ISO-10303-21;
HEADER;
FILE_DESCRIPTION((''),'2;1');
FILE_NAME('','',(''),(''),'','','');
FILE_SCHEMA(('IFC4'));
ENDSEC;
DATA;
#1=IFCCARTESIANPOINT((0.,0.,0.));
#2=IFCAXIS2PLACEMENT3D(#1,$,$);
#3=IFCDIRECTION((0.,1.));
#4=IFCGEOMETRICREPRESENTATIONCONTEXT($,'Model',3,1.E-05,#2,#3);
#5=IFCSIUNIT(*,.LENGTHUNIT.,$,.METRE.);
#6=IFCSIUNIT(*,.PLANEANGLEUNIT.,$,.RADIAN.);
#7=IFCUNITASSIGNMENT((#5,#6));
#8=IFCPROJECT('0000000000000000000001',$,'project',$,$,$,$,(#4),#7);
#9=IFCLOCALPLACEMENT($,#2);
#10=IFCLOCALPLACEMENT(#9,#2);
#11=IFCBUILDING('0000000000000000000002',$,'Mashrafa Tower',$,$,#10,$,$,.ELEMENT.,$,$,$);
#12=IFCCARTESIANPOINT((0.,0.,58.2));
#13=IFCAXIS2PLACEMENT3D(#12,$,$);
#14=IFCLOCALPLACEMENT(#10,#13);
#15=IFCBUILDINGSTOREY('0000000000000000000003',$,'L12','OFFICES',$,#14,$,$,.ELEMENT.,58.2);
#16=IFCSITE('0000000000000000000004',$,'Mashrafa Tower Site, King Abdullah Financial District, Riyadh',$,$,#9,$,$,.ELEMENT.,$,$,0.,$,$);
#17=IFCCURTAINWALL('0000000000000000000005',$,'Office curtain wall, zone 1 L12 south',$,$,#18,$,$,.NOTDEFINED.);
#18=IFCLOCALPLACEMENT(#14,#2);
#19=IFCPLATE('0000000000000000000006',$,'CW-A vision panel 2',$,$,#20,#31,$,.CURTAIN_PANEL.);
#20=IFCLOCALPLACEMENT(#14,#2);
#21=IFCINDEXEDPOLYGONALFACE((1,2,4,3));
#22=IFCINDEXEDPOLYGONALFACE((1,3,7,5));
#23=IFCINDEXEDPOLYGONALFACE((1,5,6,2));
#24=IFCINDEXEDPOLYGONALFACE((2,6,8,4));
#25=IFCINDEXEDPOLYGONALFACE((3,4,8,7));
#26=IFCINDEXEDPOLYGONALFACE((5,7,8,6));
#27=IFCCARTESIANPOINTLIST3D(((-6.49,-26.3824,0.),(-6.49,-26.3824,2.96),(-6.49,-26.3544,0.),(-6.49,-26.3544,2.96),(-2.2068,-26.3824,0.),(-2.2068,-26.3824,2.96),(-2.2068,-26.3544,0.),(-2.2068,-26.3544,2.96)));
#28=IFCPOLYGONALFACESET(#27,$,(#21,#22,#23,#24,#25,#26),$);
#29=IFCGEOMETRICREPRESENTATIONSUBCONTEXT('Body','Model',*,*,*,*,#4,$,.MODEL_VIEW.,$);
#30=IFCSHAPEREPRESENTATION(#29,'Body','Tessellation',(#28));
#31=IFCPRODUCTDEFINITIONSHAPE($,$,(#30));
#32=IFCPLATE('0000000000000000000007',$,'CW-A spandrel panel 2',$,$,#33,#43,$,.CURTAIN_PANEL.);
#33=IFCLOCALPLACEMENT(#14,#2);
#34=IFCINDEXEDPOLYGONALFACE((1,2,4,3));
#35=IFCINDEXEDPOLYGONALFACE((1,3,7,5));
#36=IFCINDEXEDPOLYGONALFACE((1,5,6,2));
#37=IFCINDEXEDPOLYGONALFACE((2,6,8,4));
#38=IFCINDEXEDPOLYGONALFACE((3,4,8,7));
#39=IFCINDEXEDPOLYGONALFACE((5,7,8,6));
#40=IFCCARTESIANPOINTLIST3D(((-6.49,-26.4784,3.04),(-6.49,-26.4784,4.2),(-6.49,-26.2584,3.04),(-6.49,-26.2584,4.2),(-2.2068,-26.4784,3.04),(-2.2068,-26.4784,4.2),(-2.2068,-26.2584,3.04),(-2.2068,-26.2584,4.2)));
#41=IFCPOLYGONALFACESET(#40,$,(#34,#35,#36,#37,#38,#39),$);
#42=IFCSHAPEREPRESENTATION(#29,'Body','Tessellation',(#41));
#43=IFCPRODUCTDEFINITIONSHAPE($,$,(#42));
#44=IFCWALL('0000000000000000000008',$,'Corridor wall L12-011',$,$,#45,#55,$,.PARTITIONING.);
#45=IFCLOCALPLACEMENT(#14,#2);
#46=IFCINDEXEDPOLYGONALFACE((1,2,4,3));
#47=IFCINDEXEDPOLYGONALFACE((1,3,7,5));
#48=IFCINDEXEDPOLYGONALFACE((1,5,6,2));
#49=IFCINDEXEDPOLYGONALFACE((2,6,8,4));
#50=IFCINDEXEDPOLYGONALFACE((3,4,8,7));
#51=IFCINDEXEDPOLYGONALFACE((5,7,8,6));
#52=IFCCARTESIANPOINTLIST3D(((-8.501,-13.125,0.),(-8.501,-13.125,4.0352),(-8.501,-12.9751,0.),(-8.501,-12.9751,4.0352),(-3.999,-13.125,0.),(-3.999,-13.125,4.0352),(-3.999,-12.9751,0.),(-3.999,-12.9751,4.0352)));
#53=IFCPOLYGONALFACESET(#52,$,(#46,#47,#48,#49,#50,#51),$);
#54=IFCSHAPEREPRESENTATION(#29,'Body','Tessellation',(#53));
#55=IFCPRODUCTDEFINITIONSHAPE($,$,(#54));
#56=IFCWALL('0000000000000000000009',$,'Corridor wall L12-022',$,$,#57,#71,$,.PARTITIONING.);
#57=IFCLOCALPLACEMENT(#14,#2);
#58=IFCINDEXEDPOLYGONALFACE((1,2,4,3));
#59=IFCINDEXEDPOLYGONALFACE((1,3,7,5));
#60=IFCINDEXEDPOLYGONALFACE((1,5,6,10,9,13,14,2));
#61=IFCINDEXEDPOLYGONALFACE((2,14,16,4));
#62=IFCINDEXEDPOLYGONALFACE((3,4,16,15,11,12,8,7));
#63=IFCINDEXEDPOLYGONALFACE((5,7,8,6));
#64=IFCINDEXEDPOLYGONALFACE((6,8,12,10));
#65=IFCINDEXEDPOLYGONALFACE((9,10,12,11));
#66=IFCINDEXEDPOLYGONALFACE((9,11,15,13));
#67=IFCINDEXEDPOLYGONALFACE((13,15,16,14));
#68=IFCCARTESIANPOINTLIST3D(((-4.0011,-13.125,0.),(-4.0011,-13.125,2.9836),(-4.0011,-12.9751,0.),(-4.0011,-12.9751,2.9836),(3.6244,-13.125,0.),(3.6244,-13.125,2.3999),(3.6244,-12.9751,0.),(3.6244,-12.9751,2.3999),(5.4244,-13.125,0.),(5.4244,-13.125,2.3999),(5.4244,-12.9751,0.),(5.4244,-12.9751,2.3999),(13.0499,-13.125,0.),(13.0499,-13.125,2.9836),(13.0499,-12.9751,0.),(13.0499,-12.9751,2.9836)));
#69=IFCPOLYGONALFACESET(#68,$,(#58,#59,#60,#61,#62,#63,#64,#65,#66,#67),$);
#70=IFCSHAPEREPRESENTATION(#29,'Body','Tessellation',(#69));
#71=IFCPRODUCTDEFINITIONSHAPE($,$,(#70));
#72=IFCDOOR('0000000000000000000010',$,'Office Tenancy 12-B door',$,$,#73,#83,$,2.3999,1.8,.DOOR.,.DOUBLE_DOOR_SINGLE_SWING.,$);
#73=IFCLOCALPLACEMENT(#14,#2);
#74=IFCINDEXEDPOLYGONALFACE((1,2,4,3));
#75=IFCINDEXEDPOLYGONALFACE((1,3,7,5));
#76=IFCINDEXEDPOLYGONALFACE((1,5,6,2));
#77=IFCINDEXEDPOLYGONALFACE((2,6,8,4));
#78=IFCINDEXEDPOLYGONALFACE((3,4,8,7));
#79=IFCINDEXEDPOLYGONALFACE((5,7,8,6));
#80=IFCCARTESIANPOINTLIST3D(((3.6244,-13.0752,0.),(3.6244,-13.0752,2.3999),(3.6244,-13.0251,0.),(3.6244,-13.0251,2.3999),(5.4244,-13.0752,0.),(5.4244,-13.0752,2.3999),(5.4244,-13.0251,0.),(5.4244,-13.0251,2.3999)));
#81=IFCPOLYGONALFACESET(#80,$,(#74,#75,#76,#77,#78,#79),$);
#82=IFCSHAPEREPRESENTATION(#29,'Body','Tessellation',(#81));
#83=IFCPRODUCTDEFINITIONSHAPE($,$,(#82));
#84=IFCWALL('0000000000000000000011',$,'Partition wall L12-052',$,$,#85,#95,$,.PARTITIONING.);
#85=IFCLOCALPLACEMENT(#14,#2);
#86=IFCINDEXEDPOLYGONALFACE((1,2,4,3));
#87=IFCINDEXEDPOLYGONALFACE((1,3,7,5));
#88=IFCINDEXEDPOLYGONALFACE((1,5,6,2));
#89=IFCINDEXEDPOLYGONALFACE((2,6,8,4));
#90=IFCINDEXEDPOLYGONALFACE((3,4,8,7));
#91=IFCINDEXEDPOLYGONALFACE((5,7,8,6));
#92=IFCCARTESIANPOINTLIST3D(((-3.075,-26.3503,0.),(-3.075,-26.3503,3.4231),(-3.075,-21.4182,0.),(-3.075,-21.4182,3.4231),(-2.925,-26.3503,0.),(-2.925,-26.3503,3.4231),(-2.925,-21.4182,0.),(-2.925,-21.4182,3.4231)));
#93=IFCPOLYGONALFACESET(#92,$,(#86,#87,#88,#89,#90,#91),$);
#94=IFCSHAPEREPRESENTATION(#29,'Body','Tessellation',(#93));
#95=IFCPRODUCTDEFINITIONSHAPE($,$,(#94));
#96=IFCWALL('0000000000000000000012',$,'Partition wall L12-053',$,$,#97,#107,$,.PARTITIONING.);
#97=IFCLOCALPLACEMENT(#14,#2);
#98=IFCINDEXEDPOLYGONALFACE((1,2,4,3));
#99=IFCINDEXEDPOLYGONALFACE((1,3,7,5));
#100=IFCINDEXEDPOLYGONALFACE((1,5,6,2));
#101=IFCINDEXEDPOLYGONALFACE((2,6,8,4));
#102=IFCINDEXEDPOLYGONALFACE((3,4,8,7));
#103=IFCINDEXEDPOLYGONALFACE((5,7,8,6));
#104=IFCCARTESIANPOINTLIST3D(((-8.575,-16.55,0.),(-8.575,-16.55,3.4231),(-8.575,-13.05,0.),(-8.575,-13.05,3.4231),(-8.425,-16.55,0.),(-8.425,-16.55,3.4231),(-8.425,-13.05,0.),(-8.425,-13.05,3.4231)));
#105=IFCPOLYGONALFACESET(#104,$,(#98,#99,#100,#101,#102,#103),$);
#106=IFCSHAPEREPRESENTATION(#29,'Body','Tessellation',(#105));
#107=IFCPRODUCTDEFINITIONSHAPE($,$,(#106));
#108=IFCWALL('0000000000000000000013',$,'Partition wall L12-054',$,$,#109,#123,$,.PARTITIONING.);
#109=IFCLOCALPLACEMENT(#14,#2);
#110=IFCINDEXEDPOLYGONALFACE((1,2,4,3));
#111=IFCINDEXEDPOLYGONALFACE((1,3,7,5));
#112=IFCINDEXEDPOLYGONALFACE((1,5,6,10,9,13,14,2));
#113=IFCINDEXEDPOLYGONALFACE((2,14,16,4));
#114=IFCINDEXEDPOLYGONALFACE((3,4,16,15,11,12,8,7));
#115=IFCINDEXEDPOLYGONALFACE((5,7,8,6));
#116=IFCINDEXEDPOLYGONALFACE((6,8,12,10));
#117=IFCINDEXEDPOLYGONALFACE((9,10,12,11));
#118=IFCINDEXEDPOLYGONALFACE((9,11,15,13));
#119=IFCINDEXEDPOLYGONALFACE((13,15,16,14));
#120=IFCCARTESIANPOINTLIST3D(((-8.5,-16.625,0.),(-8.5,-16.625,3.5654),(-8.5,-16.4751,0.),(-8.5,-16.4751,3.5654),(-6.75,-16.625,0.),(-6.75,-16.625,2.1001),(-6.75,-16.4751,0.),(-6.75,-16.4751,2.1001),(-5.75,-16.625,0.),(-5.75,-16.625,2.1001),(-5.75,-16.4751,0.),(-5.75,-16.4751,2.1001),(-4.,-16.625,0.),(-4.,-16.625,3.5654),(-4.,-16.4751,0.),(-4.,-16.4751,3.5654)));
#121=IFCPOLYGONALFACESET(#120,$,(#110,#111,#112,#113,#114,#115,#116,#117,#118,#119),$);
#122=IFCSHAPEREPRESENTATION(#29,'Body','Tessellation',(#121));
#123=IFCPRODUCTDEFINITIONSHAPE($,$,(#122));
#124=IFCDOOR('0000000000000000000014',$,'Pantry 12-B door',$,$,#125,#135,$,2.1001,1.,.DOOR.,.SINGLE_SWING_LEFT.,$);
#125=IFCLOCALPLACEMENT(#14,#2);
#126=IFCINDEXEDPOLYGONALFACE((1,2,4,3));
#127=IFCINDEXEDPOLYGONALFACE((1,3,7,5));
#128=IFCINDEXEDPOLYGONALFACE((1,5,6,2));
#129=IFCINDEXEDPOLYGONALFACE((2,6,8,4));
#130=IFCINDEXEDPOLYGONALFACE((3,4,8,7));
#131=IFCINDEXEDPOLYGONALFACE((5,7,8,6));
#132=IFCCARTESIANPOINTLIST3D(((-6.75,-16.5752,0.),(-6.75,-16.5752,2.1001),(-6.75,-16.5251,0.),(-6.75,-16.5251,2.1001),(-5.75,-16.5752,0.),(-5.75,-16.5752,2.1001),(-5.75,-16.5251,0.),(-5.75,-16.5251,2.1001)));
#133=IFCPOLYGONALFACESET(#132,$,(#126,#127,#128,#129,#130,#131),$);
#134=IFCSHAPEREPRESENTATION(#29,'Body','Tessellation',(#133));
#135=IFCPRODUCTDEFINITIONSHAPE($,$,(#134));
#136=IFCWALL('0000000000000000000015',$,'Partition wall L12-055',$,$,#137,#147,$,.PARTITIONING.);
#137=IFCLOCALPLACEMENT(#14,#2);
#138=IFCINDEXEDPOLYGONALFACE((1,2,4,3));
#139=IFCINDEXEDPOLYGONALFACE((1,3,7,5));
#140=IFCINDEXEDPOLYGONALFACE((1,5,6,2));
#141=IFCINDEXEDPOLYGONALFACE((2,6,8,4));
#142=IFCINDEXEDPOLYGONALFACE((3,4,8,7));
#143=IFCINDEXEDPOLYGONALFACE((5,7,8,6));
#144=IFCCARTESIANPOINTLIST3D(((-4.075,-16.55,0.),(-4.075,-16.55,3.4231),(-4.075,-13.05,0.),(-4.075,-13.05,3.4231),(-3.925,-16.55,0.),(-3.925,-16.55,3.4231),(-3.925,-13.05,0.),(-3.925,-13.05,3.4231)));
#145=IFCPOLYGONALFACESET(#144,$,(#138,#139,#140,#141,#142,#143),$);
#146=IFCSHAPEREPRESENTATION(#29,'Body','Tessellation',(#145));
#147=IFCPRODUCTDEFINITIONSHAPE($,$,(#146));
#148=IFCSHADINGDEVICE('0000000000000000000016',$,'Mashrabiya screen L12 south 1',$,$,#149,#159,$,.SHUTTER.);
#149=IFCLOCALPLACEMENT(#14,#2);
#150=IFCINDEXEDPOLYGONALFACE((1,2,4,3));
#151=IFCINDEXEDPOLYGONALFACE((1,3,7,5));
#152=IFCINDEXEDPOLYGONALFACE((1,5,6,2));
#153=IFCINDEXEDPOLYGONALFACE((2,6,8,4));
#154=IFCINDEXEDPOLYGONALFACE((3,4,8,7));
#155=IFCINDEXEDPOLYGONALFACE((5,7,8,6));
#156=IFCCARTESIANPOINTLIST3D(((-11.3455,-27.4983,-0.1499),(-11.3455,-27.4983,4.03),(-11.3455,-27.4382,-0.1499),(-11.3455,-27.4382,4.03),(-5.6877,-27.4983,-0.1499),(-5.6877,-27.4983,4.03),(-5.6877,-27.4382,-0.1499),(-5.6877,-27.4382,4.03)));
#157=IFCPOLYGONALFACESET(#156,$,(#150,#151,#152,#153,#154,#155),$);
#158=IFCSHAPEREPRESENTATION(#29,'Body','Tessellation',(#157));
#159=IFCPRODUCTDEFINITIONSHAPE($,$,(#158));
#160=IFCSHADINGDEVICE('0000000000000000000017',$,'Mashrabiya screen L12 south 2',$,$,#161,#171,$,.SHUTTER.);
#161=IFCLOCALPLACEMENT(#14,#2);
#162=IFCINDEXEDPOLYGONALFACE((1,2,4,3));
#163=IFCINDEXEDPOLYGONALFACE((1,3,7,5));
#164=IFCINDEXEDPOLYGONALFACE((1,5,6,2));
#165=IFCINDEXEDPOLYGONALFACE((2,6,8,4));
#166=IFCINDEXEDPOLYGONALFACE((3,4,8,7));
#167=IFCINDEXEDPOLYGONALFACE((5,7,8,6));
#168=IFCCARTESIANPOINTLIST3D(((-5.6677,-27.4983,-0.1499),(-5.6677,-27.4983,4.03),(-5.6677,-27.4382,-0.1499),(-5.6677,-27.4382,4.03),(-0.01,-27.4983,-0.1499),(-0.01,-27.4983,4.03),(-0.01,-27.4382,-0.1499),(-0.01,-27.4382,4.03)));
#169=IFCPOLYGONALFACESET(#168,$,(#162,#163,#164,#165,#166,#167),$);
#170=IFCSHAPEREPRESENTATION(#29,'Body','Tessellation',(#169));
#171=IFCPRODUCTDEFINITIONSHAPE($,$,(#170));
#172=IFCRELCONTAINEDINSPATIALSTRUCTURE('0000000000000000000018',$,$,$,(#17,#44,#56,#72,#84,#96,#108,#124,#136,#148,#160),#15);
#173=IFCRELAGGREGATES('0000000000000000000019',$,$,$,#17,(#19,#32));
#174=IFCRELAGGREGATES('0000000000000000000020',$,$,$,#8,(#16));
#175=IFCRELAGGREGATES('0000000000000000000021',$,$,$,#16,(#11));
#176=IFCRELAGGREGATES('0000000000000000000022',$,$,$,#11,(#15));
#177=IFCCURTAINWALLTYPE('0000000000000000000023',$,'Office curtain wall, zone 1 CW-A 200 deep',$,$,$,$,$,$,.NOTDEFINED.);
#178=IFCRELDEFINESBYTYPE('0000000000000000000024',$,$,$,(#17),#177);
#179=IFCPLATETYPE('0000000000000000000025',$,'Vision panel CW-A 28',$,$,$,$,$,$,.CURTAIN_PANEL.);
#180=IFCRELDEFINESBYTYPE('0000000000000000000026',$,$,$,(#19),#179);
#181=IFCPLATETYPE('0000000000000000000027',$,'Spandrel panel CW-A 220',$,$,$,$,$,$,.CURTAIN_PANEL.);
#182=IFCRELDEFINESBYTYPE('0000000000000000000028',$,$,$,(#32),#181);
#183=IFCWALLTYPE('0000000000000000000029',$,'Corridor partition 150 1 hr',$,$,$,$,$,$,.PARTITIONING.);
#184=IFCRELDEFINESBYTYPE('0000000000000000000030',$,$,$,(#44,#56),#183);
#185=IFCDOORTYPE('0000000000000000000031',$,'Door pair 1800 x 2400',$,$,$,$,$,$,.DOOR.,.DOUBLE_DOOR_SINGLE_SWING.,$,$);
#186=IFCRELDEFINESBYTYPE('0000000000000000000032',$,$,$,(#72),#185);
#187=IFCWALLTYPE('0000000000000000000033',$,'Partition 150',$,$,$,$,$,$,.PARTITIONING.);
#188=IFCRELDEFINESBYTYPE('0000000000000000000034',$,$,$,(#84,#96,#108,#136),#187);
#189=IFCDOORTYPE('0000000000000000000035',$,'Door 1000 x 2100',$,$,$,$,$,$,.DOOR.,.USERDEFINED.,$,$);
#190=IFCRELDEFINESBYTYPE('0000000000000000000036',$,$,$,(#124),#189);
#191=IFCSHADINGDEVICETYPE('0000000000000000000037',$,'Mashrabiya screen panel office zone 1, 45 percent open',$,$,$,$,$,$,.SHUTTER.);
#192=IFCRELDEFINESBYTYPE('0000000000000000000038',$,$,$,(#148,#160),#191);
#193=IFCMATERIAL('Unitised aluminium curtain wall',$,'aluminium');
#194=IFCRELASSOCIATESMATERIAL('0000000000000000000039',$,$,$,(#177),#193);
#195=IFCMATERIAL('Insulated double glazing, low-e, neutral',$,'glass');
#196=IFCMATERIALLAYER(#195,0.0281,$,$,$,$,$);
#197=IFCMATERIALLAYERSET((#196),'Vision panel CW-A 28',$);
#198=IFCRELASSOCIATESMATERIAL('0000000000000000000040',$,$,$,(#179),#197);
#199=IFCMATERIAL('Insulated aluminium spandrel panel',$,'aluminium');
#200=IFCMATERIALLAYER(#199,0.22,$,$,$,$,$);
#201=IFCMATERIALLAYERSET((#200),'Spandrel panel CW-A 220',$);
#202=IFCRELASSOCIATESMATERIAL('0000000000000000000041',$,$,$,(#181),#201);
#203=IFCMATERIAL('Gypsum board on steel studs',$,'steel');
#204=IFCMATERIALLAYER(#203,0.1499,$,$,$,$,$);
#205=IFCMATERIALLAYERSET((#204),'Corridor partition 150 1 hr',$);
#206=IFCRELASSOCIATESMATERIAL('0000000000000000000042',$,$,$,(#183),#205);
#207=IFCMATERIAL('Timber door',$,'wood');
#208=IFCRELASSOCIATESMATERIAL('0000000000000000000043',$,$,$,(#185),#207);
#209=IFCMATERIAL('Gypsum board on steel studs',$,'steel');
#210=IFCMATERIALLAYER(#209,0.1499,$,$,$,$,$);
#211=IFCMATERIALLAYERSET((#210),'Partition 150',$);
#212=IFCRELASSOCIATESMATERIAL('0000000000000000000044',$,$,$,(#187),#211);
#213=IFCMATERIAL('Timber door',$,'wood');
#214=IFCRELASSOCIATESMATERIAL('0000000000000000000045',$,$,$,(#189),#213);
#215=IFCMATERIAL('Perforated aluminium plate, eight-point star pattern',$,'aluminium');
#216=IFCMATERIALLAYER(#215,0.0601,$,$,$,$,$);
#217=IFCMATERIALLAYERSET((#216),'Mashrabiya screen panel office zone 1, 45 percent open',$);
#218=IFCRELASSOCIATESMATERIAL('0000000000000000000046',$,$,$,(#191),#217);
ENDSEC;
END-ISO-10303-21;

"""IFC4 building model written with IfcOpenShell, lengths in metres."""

from ifc_helpers import new_model, si_unit, direction, frame, frame_2d, origin, origin_2d, place, context, subcontext, project, spatial, rectangle, extrude, source, transform, mapped, material, layer, layer_set, type_object, type_shapes, element, fill, aggregate, save


model = new_model("IFC4")

# Units and contexts
model_context = context("Model", 3, precision=1e-05, world=origin(), true_north=direction((0.0, 1.0)))
body_context = subcontext(model_context, "Body", "Model", "MODEL_VIEW")
ifc_project = project(units=[si_unit("LENGTHUNIT", "METRE"), si_unit("PLANEANGLEUNIT", "RADIAN")], contexts=[model_context])

# Site, building, storey
site_placement = place(None, origin())
site = spatial("IfcSite", under=ifc_project, at=site_placement, Name="Mashrafa Tower Site, King Abdullah Financial District, Riyadh", CompositionType="ELEMENT", RefElevation=0.0)
building_placement = place(site_placement, origin())
building = spatial("IfcBuilding", under=site, at=building_placement, Name="Mashrafa Tower", CompositionType="ELEMENT")
storey_placement = place(building_placement, frame((0.0, 0.0, 58.2)))
storey = spatial("IfcBuildingStorey", under=building, at=storey_placement, Name="L12", Description="OFFICES", CompositionType="ELEMENT", Elevation=58.2)

# Shared definitions
ifc_material_1 = material(Name="Unitised aluminium curtain wall", Category="aluminium")
curtain_wall_type = type_object("IfcCurtainWallType", Name="Office curtain wall, zone 1 CW-A 200 deep", PredefinedType="NOTDEFINED", material=ifc_material_1)

# Curtain wall
curtain_wall_1_placement = place(storey_placement, origin())
curtain_wall_1 = element("IfcCurtainWall", 1, at=curtain_wall_1_placement, inside=storey, type_object=curtain_wall_type, Name="Office curtain wall, zone 1 L12 south", PredefinedType="NOTDEFINED")
ifc_material_2 = material(Name="Insulated double glazing, low-e, neutral", Category="glass")
ifc_layer_1 = layer(ifc_material_2, 0.0281)
ifc_layer_set_1 = layer_set([ifc_layer_1], Name="Vision panel CW-A 28")
plate_type_1 = type_object("IfcPlateType", Name="Vision panel CW-A 28", PredefinedType="CURTAIN_PANEL", material=ifc_layer_set_1)

# Plates
ifc_material_3 = material(Name="Insulated aluminium spandrel panel", Category="aluminium")
ifc_layer_2 = layer(ifc_material_3, 0.22)
ifc_layer_set_2 = layer_set([ifc_layer_2], Name="Spandrel panel CW-A 220")
plate_type_2 = type_object("IfcPlateType", Name="Spandrel panel CW-A 220", PredefinedType="CURTAIN_PANEL", material=ifc_layer_set_2)
shared_shape_1 = source(origin(), body_context, "Body", "SweptSolid", [
    extrude(rectangle(XDim=4.2832, YDim=0.0281, at=origin_2d()), origin(), (0.0, 0.0, 1.0), 2.96),
])
plate_1_placement = place(storey_placement, frame((-4.3484, -26.3684, 0.0), z_axis=(0.0, 0.0, 1.0), x_axis=(1.0, 0.0, 0.0)))
plate_1 = element("IfcPlate", 2, at=plate_1_placement, type_object=plate_type_1, Name="CW-A vision panel 2", PredefinedType="CURTAIN_PANEL", context=body_context, shape_type="MappedRepresentation", body=[
    mapped(shared_shape_1, transform((0.0, 0.0, 0.0))),
])
shared_shape_2 = source(origin(), body_context, "Body", "SweptSolid", [
    extrude(rectangle(XDim=4.2832, YDim=0.22, at=origin_2d()), origin(), (0.0, 0.0, 1.0), 1.1599),
])
plate_2_placement = place(storey_placement, frame((-4.3484, -26.3684, 3.04), z_axis=(0.0, 0.0, 1.0), x_axis=(1.0, 0.0, 0.0)))
plate_2 = element("IfcPlate", 3, at=plate_2_placement, type_object=plate_type_2, Name="CW-A spandrel panel 2", PredefinedType="CURTAIN_PANEL", context=body_context, shape_type="MappedRepresentation", body=[
    mapped(shared_shape_2, transform((0.0, 0.0, 0.0))),
])
aggregate(curtain_wall_1, [plate_1, plate_2])

# Wall
ifc_material_4 = material(Name="Gypsum board on steel studs", Category="steel")
ifc_layer_3 = layer(ifc_material_4, 0.1499)
ifc_layer_set_3 = layer_set([ifc_layer_3], Name="Corridor partition 150 1 hr")
wall_type_1 = type_object("IfcWallType", Name="Corridor partition 150 1 hr", PredefinedType="PARTITIONING", material=ifc_layer_set_3)
wall_1_placement = place(storey_placement, frame((-8.501, -13.05, 0.0), z_axis=(0.0, 0.0, 1.0), x_axis=(1.0, 0.0, 0.0)))
element("IfcWall", 4, at=wall_1_placement, inside=storey, type_object=wall_type_1, Name="Corridor wall L12-011", PredefinedType="PARTITIONING", context=body_context, shape_type="SweptSolid", body=[
    extrude(rectangle(XDim=4.502, YDim=0.1499, at=frame_2d((2.251, 0.0))), origin(), (0.0, 0.0, 1.0), 4.0352),
])

# Wall, opening, door
wall_2_placement = place(storey_placement, frame((-4.001, -13.05, 0.0), z_axis=(0.0, 0.0, 1.0), x_axis=(1.0, 0.0, 0.0)))
wall_2 = element("IfcWall", 5, at=wall_2_placement, inside=storey, type_object=wall_type_1, Name="Corridor wall L12-022", PredefinedType="PARTITIONING", context=body_context, shape_type="SweptSolid", body=[
    extrude(rectangle(XDim=17.051, YDim=0.1499, at=frame_2d((8.5254, 0.0))), origin(), (0.0, 0.0, 1.0), 2.9836),
])
opening_1_placement = place(wall_2_placement, frame((7.6255, 0.0, 0.0)))
opening_1 = element("IfcOpeningElement", 6, at=opening_1_placement, cuts=wall_2, PredefinedType="OPENING", context=body_context, shape_type="SweptSolid", body=[
    extrude(rectangle(XDim=1.8, YDim=2.3999, at=frame_2d((0.8999, 1.2))), frame((0.0, 0.085, 0.0), z_axis=(0.0, -1.0, 0.0), x_axis=(1.0, 0.0, 0.0)), (0.0, 0.0, 1.0), 0.1699),
])
ifc_material_5 = material(Name="Timber door", Category="wood")
door_type_1 = type_object("IfcDoorType", Name="Door pair 1800 x 2400", OperationType="DOUBLE_DOOR_SINGLE_SWING", PredefinedType="DOOR", material=ifc_material_5)
door_1_placement = place(opening_1_placement, origin())
door_1 = element("IfcDoor", 7, at=door_1_placement, inside=storey, type_object=door_type_1, Name="Office Tenancy 12-B door", OperationType="DOUBLE_DOOR_SINGLE_SWING", OverallHeight=2.3999, OverallWidth=1.8, PredefinedType="DOOR", context=body_context, shape_type="SweptSolid", body=[
    extrude(rectangle(XDim=1.8, YDim=2.3999, at=frame_2d((0.8999, 1.2))), frame((0.0, 0.0249, 0.0), z_axis=(0.0, -1.0, 0.0), x_axis=(1.0, 0.0, 0.0)), (0.0, 0.0, 1.0), 0.05),
])
fill(opening_1, door_1)

# Walls
ifc_material_6 = material(Name="Gypsum board on steel studs", Category="steel")
ifc_layer_4 = layer(ifc_material_6, 0.1499)
ifc_layer_set_4 = layer_set([ifc_layer_4], Name="Partition 150")
wall_type_2 = type_object("IfcWallType", Name="Partition 150", PredefinedType="PARTITIONING", material=ifc_layer_set_4)
wall_3_placement = place(storey_placement, frame((-3.0, -21.4182, 0.0), z_axis=(0.0, 0.0, 1.0), x_axis=(0.0, -1.0, 0.0)))
element("IfcWall", 8, at=wall_3_placement, inside=storey, type_object=wall_type_2, Name="Partition wall L12-052", PredefinedType="PARTITIONING", context=body_context, shape_type="SweptSolid", body=[
    extrude(rectangle(XDim=4.9321, YDim=0.1499, at=frame_2d((2.4661, 0.0))), origin(), (0.0, 0.0, 1.0), 3.4231),
])
wall_4_placement = place(storey_placement, frame((-8.5, -13.05, 0.0), z_axis=(0.0, 0.0, 1.0), x_axis=(0.0, -1.0, 0.0)))
element("IfcWall", 9, at=wall_4_placement, inside=storey, type_object=wall_type_2, Name="Partition wall L12-053", PredefinedType="PARTITIONING", context=body_context, shape_type="SweptSolid", body=[
    extrude(rectangle(XDim=3.5, YDim=0.1499, at=frame_2d((1.75, 0.0))), origin(), (0.0, 0.0, 1.0), 3.4231),
])

# Wall, opening, door
wall_5_placement = place(storey_placement, frame((-8.5, -16.55, 0.0), z_axis=(0.0, 0.0, 1.0), x_axis=(1.0, 0.0, 0.0)))
wall_5 = element("IfcWall", 10, at=wall_5_placement, inside=storey, type_object=wall_type_2, Name="Partition wall L12-054", PredefinedType="PARTITIONING", context=body_context, shape_type="SweptSolid", body=[
    extrude(rectangle(XDim=4.5, YDim=0.1499, at=frame_2d((2.25, 0.0))), origin(), (0.0, 0.0, 1.0), 3.5654),
])
opening_2_placement = place(wall_5_placement, frame((1.75, 0.0, 0.0)))
opening_2 = element("IfcOpeningElement", 11, at=opening_2_placement, cuts=wall_5, PredefinedType="OPENING", context=body_context, shape_type="SweptSolid", body=[
    extrude(rectangle(XDim=1.0, YDim=2.1001, at=frame_2d((0.5, 1.05))), frame((0.0, 0.085, 0.0), z_axis=(0.0, -1.0, 0.0), x_axis=(1.0, 0.0, 0.0)), (0.0, 0.0, 1.0), 0.1699),
])
ifc_material_7 = material(Name="Timber door", Category="wood")
door_type_2 = type_object("IfcDoorType", Name="Door 1000 x 2100", OperationType="USERDEFINED", PredefinedType="DOOR", material=ifc_material_7)
door_2_placement = place(opening_2_placement, origin())
door_2 = element("IfcDoor", 12, at=door_2_placement, inside=storey, type_object=door_type_2, Name="Pantry 12-B door", OperationType="SINGLE_SWING_LEFT", OverallHeight=2.1001, OverallWidth=1.0, PredefinedType="DOOR", context=body_context, shape_type="SweptSolid", body=[
    extrude(rectangle(XDim=1.0, YDim=2.1001, at=frame_2d((0.5, 1.05))), frame((0.0, 0.0249, 0.0), z_axis=(0.0, -1.0, 0.0), x_axis=(1.0, 0.0, 0.0)), (0.0, 0.0, 1.0), 0.05),
])
fill(opening_2, door_2)

# Wall
wall_6_placement = place(storey_placement, frame((-4.0, -16.55, 0.0), z_axis=(0.0, 0.0, 1.0), x_axis=(0.0, 1.0, 0.0)))
element("IfcWall", 13, at=wall_6_placement, inside=storey, type_object=wall_type_2, Name="Partition wall L12-055", PredefinedType="PARTITIONING", context=body_context, shape_type="SweptSolid", body=[
    extrude(rectangle(XDim=3.5, YDim=0.1499, at=frame_2d((1.75, 0.0))), origin(), (0.0, 0.0, 1.0), 3.4231),
])

# Shading devices
ifc_material_8 = material(Name="Perforated aluminium plate, eight-point star pattern", Category="aluminium")
ifc_layer_5 = layer(ifc_material_8, 0.0601)
ifc_layer_set_5 = layer_set([ifc_layer_5], Name="Mashrabiya screen panel office zone 1, 45 percent open")
shading_device_type = type_object("IfcShadingDeviceType", Name="Mashrabiya screen panel office zone 1, 45 percent open", PredefinedType="SHUTTER", material=ifc_layer_set_5)
shared_shape_3 = source(origin(), body_context, "Body", "SweptSolid", [
    extrude(rectangle(XDim=5.6577, YDim=0.0601, at=origin_2d()), origin(), (0.0, 0.0, 1.0), 4.1799),
])
type_shapes(shading_device_type, [shared_shape_3])
for number, where, z_axis, x_axis, name in (
    (14, (-8.5166, -27.4683, -0.1499), (0.0, 0.0, 1.0), (1.0, 0.0, 0.0), "Mashrabiya screen L12 south 1"),
    (15, (-2.8389, -27.4683, -0.1499), (0.0, 0.0, 1.0), (1.0, 0.0, 0.0), "Mashrabiya screen L12 south 2"),
):
    element("IfcShadingDevice", number, at=place(storey_placement, frame(where, z_axis=z_axis, x_axis=x_axis)), inside=storey, type_object=shading_device_type, Name=name, PredefinedType="SHUTTER", context=body_context, shape_type="MappedRepresentation", body=[
        mapped(shared_shape_3, transform((0.0, 0.0, 0.0))),
    ])

save(model, "model.ifc")
